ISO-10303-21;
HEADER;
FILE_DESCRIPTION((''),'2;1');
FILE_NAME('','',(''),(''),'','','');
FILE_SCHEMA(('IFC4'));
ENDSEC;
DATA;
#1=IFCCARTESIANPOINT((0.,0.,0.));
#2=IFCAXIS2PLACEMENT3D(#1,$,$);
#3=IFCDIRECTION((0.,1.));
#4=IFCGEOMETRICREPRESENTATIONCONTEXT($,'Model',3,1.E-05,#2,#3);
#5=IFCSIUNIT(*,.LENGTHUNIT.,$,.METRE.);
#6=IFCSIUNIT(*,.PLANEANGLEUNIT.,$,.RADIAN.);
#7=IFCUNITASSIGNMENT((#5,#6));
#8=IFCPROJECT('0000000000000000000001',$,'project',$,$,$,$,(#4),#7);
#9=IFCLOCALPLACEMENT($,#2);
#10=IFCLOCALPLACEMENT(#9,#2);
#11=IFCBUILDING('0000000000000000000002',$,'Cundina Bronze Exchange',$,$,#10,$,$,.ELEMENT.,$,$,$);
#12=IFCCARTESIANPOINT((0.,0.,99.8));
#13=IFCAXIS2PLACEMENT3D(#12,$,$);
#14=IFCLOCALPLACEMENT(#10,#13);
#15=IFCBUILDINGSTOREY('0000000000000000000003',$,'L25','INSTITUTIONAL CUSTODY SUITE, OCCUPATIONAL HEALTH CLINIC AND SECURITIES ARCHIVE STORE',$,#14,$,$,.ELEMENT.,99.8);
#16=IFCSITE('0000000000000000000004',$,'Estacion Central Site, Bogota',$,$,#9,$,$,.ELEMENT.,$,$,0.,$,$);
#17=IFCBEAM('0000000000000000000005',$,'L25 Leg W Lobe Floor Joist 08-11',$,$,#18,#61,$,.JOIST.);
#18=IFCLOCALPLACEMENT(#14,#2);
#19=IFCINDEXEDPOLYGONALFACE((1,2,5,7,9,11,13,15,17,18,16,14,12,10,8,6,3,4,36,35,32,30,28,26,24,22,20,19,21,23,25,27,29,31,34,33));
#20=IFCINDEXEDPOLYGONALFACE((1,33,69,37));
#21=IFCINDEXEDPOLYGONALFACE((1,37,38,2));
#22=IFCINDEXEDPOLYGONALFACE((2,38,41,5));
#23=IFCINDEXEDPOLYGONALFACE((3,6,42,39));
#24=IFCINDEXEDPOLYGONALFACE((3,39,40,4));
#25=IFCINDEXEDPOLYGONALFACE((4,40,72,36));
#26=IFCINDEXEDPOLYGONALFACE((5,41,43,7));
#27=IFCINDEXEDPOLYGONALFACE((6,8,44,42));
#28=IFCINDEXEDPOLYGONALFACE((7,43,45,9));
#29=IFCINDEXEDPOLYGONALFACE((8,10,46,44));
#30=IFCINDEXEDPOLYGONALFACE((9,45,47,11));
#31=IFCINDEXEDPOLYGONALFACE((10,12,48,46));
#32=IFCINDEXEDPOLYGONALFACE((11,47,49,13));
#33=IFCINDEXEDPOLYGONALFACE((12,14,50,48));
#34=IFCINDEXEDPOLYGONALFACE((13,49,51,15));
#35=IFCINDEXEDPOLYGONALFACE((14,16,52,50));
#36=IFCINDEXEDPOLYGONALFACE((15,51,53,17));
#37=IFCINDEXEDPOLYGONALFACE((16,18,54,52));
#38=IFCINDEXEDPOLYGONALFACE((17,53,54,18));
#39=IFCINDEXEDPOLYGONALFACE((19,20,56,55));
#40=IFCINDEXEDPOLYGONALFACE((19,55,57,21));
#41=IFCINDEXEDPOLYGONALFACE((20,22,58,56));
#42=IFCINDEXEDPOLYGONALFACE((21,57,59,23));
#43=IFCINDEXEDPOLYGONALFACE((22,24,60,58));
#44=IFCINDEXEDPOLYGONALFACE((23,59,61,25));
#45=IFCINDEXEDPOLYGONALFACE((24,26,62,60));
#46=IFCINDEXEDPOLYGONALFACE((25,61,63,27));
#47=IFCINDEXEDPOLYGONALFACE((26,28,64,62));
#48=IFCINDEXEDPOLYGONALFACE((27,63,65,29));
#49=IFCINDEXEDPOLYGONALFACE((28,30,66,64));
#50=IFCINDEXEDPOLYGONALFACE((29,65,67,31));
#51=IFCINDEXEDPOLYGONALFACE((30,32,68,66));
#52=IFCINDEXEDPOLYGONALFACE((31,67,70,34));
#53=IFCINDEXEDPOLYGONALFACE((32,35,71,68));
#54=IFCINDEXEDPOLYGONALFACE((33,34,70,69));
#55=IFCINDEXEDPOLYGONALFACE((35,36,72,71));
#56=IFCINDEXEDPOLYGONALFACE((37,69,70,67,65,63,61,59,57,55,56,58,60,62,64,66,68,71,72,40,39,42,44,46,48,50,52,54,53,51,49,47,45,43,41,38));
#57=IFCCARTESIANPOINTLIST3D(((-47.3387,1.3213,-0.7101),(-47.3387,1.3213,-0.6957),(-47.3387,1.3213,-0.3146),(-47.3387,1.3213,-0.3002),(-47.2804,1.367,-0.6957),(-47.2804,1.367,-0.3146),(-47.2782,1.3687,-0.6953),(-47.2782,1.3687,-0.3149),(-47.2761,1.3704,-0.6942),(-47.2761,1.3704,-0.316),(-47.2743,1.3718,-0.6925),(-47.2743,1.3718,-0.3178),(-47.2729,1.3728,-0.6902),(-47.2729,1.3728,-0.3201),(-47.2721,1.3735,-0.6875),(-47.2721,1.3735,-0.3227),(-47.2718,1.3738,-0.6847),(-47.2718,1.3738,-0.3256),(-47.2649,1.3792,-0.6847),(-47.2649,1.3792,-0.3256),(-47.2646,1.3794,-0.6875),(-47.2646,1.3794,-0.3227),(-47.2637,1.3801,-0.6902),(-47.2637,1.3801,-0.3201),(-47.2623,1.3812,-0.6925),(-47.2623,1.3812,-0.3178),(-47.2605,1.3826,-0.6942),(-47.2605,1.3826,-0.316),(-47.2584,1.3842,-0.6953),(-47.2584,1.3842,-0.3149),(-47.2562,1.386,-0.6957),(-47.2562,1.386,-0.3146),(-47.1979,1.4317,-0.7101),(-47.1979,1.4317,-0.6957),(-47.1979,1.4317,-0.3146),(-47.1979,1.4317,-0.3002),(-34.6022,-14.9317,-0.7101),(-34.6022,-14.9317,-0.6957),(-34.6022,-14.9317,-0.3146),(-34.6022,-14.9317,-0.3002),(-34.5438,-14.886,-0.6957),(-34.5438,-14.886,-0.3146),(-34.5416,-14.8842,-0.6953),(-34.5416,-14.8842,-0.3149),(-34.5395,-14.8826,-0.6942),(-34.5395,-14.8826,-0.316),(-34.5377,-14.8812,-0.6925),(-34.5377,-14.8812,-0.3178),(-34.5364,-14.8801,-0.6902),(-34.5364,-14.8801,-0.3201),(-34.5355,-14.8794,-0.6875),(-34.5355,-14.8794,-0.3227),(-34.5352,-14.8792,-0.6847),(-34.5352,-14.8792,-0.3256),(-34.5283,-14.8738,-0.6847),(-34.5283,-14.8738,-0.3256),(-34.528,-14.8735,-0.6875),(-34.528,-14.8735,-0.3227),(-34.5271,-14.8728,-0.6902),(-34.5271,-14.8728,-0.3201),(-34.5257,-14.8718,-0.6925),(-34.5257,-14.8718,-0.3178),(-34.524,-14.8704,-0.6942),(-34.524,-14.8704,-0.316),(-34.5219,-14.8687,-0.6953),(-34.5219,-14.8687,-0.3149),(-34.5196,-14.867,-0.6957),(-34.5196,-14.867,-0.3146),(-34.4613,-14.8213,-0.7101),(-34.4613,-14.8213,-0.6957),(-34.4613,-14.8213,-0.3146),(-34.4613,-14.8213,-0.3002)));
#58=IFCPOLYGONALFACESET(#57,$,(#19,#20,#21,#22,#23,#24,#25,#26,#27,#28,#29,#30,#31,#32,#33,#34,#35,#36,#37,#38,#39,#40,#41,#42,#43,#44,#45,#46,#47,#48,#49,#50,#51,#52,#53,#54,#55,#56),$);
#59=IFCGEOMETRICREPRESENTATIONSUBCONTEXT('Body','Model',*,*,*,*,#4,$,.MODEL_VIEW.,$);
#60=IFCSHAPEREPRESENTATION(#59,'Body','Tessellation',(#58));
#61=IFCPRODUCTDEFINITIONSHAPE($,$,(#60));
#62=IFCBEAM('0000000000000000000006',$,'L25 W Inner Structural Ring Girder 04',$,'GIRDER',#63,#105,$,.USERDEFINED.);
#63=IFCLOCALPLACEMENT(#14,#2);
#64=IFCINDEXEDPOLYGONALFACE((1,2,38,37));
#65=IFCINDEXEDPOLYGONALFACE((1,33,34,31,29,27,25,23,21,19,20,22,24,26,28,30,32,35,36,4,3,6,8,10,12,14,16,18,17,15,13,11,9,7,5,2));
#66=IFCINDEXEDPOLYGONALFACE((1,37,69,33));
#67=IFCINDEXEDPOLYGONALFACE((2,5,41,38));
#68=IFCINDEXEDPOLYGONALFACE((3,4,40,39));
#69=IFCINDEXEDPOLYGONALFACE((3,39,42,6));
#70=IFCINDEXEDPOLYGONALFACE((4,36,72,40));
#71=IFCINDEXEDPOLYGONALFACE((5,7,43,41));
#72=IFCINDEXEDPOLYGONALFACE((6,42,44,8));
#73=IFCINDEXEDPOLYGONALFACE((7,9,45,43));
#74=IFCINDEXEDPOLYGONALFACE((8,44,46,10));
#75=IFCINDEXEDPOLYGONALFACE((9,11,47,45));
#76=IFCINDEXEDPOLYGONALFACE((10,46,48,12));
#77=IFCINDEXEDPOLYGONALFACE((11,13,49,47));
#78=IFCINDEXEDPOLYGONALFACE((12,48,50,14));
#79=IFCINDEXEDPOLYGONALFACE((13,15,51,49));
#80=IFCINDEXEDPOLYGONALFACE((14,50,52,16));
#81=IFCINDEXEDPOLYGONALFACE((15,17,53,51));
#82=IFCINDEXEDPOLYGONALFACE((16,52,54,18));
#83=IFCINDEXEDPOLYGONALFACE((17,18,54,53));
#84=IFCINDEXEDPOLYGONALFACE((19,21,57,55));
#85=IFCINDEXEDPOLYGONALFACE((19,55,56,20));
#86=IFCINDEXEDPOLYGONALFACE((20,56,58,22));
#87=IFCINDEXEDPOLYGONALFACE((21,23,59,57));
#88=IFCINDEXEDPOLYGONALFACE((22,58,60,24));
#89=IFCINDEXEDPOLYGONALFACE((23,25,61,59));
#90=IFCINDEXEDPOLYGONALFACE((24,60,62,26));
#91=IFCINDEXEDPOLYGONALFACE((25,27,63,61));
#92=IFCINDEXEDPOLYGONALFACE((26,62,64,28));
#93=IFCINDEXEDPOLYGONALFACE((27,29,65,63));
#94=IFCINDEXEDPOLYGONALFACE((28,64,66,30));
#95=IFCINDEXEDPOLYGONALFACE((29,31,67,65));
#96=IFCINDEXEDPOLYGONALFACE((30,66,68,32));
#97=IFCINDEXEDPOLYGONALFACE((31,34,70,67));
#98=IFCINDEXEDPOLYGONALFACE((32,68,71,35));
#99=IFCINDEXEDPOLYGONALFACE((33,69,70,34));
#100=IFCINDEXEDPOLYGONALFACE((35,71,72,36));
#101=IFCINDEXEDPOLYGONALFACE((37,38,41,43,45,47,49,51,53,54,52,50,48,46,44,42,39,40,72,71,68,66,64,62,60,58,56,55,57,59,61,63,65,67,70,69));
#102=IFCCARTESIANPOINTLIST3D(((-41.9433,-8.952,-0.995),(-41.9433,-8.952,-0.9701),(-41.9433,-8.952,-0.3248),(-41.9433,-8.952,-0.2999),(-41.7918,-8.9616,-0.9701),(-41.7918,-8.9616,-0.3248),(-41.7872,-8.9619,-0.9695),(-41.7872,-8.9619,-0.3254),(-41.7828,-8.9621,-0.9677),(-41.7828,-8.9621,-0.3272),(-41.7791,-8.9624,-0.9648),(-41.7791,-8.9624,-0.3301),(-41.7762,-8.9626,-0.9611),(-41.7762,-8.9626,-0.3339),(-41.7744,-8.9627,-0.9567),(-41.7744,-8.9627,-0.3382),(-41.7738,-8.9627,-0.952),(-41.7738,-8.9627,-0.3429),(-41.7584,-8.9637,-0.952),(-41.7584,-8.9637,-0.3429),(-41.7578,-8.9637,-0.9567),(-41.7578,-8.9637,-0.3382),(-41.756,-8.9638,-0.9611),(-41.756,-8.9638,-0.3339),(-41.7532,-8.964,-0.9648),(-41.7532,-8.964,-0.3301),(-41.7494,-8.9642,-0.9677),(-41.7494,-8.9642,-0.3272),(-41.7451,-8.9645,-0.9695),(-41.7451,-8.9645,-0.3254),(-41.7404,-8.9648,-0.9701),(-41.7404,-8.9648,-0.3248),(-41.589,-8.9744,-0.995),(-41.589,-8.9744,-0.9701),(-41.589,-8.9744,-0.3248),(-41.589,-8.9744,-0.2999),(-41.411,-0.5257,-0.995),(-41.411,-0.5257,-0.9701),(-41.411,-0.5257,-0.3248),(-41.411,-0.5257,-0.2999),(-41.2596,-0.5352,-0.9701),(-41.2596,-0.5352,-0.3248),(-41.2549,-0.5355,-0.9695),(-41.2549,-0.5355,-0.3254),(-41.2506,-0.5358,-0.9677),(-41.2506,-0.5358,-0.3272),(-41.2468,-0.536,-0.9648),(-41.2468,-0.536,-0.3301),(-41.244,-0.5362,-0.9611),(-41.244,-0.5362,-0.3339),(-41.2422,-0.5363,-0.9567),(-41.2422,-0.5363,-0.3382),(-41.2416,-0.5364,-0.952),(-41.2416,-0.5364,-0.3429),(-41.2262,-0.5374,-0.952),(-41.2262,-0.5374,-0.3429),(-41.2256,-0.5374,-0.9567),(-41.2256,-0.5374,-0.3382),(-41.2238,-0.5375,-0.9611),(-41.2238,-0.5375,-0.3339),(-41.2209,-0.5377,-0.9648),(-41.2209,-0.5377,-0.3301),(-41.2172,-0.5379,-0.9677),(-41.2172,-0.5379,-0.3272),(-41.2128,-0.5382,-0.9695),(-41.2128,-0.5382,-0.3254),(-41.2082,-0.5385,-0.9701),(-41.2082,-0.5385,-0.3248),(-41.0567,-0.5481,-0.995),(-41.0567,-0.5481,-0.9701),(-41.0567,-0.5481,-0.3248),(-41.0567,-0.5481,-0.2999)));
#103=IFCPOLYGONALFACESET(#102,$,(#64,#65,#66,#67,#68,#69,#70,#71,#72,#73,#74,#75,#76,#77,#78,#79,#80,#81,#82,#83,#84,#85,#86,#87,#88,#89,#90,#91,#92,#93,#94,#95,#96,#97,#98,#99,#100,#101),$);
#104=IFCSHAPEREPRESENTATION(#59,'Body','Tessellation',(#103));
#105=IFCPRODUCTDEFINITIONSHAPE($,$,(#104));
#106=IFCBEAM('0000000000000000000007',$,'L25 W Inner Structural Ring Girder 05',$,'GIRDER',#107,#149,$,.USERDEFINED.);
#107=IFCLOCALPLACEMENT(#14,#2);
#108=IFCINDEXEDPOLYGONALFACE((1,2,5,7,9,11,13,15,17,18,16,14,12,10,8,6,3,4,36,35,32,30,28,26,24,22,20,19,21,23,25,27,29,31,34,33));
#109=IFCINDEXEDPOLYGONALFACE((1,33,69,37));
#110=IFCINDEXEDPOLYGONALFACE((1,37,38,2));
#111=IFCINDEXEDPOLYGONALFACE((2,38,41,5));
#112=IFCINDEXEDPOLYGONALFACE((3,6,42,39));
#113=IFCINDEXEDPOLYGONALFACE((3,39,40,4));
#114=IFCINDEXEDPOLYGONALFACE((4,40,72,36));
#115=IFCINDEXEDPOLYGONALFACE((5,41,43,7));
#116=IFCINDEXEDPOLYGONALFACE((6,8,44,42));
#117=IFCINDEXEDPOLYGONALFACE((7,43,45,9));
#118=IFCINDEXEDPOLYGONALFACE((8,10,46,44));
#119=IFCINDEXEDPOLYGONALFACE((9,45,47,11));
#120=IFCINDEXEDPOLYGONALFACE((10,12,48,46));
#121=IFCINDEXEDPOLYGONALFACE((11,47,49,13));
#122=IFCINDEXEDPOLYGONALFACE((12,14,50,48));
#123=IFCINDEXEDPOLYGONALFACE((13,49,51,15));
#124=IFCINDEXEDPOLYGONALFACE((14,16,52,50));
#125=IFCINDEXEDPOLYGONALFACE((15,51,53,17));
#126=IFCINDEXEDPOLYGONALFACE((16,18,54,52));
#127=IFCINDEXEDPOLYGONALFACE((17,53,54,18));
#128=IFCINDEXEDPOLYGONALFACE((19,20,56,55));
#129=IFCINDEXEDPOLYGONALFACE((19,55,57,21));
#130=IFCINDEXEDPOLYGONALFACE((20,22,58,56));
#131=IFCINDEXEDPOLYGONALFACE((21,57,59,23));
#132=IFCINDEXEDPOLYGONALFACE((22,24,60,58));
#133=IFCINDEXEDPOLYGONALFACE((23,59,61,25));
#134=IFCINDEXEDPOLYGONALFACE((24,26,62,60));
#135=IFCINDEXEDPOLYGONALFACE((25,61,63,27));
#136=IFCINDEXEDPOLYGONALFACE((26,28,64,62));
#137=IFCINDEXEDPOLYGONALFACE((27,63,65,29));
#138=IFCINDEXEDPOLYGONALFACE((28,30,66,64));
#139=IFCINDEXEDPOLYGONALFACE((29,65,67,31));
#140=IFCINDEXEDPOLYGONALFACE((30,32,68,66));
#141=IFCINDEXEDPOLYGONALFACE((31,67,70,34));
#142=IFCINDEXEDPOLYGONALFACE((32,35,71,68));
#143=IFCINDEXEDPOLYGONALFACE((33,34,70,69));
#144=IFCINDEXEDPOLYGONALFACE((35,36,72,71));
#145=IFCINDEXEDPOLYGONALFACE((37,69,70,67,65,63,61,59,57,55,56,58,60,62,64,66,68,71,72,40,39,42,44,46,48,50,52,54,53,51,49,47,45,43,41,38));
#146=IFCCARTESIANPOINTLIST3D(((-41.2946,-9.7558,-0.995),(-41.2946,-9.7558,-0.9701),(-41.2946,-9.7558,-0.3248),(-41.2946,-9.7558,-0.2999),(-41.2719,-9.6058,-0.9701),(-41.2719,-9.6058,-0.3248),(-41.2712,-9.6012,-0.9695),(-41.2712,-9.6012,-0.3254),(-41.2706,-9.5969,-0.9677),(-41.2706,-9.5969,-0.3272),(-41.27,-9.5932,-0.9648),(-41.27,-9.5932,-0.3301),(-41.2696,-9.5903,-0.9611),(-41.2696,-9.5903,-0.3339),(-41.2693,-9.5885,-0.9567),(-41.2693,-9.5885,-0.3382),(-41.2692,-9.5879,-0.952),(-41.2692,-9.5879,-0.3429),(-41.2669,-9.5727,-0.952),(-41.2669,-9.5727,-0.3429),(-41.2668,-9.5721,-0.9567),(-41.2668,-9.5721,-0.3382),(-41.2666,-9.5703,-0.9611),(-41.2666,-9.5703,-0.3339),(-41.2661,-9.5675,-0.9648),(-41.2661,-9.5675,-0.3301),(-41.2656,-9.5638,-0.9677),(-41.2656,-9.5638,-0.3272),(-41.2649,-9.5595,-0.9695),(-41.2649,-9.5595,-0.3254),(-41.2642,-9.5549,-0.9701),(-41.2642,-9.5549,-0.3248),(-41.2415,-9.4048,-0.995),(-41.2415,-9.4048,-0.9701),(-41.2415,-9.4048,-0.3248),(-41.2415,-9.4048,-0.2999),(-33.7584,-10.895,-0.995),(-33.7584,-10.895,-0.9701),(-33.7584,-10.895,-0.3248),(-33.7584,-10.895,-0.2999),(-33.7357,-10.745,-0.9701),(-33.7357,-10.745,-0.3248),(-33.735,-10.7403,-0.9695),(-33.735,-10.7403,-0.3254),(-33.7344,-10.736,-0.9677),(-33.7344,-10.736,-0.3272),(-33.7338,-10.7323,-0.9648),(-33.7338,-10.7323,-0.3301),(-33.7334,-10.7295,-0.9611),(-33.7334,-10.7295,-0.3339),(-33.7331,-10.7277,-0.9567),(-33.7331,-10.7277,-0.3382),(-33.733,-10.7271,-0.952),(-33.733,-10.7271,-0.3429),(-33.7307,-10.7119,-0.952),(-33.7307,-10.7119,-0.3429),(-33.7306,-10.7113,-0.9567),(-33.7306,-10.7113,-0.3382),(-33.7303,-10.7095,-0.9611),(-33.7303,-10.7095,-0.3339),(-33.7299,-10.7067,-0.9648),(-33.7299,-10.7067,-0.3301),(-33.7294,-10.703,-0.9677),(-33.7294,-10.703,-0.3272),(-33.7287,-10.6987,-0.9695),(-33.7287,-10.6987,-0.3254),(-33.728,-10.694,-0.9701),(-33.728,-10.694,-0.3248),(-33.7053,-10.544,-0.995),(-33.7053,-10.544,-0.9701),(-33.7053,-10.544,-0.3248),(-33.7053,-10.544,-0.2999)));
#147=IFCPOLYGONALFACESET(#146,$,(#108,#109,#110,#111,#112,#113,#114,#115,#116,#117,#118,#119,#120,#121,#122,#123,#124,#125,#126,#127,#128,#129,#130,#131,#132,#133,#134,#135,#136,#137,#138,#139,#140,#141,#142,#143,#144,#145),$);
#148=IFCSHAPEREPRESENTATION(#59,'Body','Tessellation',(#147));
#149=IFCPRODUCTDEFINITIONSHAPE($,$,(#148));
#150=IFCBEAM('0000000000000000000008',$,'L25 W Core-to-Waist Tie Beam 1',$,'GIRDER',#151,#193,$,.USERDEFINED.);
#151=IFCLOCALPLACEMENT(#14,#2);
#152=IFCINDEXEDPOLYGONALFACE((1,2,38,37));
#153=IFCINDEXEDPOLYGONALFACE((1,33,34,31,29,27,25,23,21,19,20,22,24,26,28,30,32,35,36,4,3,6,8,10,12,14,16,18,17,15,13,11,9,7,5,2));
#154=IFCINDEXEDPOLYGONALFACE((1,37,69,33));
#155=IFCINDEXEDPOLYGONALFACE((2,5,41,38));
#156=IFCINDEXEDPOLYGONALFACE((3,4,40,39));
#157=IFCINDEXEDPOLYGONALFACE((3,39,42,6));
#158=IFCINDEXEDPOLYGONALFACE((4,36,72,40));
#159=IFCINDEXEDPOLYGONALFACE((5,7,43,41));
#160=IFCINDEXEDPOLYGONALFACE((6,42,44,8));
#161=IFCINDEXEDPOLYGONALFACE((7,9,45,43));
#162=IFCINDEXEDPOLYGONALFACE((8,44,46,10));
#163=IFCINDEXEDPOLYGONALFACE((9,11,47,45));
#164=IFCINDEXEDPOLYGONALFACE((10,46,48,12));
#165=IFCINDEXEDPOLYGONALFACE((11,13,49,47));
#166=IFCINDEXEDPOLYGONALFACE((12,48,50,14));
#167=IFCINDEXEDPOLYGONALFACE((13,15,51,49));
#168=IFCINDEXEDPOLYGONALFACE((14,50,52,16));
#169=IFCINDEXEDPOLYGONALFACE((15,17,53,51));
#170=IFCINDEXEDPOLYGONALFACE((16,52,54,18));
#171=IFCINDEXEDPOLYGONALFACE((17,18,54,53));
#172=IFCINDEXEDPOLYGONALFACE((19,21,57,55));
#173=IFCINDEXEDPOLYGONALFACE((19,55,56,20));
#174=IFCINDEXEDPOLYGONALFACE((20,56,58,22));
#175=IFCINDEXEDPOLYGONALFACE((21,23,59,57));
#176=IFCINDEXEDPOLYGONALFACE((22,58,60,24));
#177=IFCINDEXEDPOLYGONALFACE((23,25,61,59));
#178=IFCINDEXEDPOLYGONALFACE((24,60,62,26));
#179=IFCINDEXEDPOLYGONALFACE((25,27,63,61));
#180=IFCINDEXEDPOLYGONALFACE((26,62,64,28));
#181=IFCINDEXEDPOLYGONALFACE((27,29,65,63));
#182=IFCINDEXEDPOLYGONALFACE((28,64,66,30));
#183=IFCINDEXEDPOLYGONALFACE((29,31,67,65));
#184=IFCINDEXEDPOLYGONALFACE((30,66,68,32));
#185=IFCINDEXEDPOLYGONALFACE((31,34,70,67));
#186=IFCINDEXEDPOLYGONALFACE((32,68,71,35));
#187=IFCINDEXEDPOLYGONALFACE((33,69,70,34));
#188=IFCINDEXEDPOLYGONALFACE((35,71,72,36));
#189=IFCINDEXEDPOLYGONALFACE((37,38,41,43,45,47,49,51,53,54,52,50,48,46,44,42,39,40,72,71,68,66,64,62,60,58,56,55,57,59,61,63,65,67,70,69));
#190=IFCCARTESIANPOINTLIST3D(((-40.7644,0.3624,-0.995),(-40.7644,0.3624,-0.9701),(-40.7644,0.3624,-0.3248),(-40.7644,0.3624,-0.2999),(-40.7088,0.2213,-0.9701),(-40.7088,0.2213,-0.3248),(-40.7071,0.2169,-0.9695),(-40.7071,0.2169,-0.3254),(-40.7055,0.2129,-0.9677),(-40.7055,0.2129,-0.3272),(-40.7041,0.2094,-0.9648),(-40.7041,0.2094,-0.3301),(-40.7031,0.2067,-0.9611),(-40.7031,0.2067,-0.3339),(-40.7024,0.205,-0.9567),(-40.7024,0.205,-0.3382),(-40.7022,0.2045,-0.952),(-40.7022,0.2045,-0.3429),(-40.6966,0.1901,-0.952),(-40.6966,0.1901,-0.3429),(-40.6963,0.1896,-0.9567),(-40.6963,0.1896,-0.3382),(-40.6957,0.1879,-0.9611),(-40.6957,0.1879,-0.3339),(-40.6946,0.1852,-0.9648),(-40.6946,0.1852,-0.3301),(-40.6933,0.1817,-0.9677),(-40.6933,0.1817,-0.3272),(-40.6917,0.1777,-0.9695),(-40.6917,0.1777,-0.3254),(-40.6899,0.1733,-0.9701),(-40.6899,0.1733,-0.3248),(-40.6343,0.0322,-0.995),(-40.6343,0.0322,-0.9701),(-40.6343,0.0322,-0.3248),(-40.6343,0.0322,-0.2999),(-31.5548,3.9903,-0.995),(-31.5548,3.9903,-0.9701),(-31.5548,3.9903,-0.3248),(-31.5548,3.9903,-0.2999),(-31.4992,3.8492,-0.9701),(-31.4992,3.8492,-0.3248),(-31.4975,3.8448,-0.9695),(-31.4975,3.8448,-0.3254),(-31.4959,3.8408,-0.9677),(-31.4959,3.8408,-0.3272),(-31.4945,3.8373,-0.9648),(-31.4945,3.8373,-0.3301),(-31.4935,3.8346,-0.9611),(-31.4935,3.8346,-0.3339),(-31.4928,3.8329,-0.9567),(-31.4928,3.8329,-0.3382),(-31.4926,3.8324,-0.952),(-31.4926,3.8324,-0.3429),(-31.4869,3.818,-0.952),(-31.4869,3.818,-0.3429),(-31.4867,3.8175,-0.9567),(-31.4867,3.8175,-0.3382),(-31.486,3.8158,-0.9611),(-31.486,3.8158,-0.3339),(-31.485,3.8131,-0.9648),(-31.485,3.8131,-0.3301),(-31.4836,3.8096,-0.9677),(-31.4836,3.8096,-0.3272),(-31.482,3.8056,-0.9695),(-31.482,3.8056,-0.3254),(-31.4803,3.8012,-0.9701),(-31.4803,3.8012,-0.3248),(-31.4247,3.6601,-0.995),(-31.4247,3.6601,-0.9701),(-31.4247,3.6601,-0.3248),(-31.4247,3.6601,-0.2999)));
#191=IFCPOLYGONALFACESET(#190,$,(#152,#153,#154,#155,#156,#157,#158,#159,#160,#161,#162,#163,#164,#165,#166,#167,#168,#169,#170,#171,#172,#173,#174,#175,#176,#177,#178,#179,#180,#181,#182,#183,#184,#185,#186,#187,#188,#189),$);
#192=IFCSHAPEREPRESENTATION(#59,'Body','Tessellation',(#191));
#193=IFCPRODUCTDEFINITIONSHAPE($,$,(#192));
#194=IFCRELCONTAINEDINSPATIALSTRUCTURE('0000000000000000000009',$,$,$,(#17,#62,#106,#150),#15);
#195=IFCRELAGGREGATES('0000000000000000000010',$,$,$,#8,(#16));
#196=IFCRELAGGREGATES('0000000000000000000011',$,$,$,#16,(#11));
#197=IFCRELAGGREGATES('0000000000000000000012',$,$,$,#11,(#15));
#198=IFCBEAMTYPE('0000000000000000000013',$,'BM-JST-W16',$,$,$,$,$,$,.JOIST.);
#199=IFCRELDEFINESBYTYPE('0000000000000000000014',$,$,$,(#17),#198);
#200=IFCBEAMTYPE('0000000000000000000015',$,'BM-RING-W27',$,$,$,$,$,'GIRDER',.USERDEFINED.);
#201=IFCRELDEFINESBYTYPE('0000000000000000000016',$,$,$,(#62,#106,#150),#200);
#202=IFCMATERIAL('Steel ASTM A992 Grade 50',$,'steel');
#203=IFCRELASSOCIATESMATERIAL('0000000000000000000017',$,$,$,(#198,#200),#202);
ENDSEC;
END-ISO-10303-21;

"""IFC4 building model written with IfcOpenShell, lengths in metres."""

from ifc_helpers import new_model, si_unit, direction, frame, origin, origin_2d, place, context, subcontext, project, spatial, i_section, extrude, material, material_profile, profile_set, type_object, element, save


model = new_model("IFC4")

# Units and contexts
model_context = context("Model", 3, precision=1e-05, world=origin(), true_north=direction((0.0, 1.0)))
body_context = subcontext(model_context, "Body", "Model", "MODEL_VIEW")
ifc_project = project(units=[si_unit("LENGTHUNIT", "METRE"), si_unit("PLANEANGLEUNIT", "RADIAN")], contexts=[model_context])

# Site, building, storey
site_placement = place(None, origin())
site = spatial("IfcSite", under=ifc_project, at=site_placement, Name="Estacion Central Site, Bogota", CompositionType="ELEMENT", RefElevation=0.0)
building_placement = place(site_placement, origin())
building = spatial("IfcBuilding", under=site, at=building_placement, Name="Cundina Bronze Exchange", CompositionType="ELEMENT")
storey_placement = place(building_placement, frame((0.0, 0.0, 99.8)))
storey = spatial("IfcBuildingStorey", under=building, at=storey_placement, Name="L25", Description="INSTITUTIONAL CUSTODY SUITE, OCCUPATIONAL HEALTH CLINIC AND SECURITIES ARCHIVE STORE", CompositionType="ELEMENT", Elevation=99.8)

# Shared definitions
ifc_material_1 = material(Name="Steel ASTM A992 Grade 50", Category="steel")

# Beams
ifc_material_profile_1 = material_profile(ifc_material_1, i_section(OverallWidth=0.179, OverallDepth=0.4099, WebThickness=0.0088, FlangeThickness=0.0144, FilletRadius=0.011, at=origin_2d()), Name="W16X45", Category="steel")
ifc_profile_set_1 = profile_set([ifc_material_profile_1], Name="Steel ASTM A992 Grade 50")
beam_type_1 = type_object("IfcBeamType", Name="BM-JST-W16", PredefinedType="JOIST", material=ifc_profile_set_1)
beam_1_placement = place(storey_placement, frame((-47.2683, 1.3765, -0.5051), z_axis=(0.616815, -0.787108, 0.0), x_axis=(0.787108, 0.616815, 0.0)))
element("IfcBeam", 1, at=beam_1_placement, inside=storey, type_object=beam_type_1, Name="L25 Leg W Lobe Floor Joist 08-11", PredefinedType="JOIST", context=body_context, shape_type="SweptSolid", body=[
    extrude(i_section(OverallWidth=0.179, OverallDepth=0.4099, WebThickness=0.0088, FlangeThickness=0.0144, FilletRadius=0.011, at=origin_2d()), origin(), (0.0, 0.0, 1.0), 20.6489),
])
ifc_material_profile_2 = material_profile(ifc_material_1, i_section(OverallWidth=0.355, OverallDepth=0.6951, WebThickness=0.0154, FlangeThickness=0.0249, FilletRadius=0.0181, at=origin_2d()), Name="W27X146", Category="steel")
ifc_profile_set_2 = profile_set([ifc_material_profile_2], Name="Steel ASTM A992 Grade 50")
beam_type_2 = type_object("IfcBeamType", Name="BM-RING-W27", ElementType="GIRDER", PredefinedType="USERDEFINED", material=ifc_profile_set_2)
beam_2_placement = place(storey_placement, frame((-41.2339, -0.5369, -0.6475), z_axis=(-0.063037, -0.998011, 0.0), x_axis=(0.998011, -0.063037, 0.0)))
element("IfcBeam", 2, at=beam_2_placement, inside=storey, type_object=beam_type_2, Name="L25 W Inner Structural Ring Girder 04", ObjectType="GIRDER", PredefinedType="USERDEFINED", context=body_context, shape_type="SweptSolid", body=[
    extrude(i_section(OverallWidth=0.355, OverallDepth=0.6951, WebThickness=0.0154, FlangeThickness=0.0249, FilletRadius=0.0181, at=origin_2d()), origin(), (0.0, 0.0, 1.0), 8.4431),
])
beam_3_placement = place(storey_placement, frame((-41.2681, -9.5803, -0.6475), z_axis=(0.988767, -0.149462, 0.0), x_axis=(0.149462, 0.988767, 0.0)))
element("IfcBeam", 3, at=beam_3_placement, inside=storey, type_object=beam_type_2, Name="L25 W Inner Structural Ring Girder 05", ObjectType="GIRDER", PredefinedType="USERDEFINED", context=body_context, shape_type="SweptSolid", body=[
    extrude(i_section(OverallWidth=0.355, OverallDepth=0.6951, WebThickness=0.0154, FlangeThickness=0.0249, FilletRadius=0.0181, at=origin_2d()), origin(), (0.0, 0.0, 1.0), 7.6218),
])
beam_4_placement = place(storey_placement, frame((-31.4897, 3.8252, -0.6475), z_axis=(-0.930413, -0.366512, 0.0), x_axis=(0.366512, -0.930413, 0.0)))
element("IfcBeam", 4, at=beam_4_placement, inside=storey, type_object=beam_type_2, Name="L25 W Core-to-Waist Tie Beam 1", ObjectType="GIRDER", PredefinedType="USERDEFINED", context=body_context, shape_type="SweptSolid", body=[
    extrude(i_section(OverallWidth=0.355, OverallDepth=0.6951, WebThickness=0.0154, FlangeThickness=0.0249, FilletRadius=0.0181, at=origin_2d()), origin(), (0.0, 0.0, 1.0), 9.8984),
])

save(model, "model.ifc")
